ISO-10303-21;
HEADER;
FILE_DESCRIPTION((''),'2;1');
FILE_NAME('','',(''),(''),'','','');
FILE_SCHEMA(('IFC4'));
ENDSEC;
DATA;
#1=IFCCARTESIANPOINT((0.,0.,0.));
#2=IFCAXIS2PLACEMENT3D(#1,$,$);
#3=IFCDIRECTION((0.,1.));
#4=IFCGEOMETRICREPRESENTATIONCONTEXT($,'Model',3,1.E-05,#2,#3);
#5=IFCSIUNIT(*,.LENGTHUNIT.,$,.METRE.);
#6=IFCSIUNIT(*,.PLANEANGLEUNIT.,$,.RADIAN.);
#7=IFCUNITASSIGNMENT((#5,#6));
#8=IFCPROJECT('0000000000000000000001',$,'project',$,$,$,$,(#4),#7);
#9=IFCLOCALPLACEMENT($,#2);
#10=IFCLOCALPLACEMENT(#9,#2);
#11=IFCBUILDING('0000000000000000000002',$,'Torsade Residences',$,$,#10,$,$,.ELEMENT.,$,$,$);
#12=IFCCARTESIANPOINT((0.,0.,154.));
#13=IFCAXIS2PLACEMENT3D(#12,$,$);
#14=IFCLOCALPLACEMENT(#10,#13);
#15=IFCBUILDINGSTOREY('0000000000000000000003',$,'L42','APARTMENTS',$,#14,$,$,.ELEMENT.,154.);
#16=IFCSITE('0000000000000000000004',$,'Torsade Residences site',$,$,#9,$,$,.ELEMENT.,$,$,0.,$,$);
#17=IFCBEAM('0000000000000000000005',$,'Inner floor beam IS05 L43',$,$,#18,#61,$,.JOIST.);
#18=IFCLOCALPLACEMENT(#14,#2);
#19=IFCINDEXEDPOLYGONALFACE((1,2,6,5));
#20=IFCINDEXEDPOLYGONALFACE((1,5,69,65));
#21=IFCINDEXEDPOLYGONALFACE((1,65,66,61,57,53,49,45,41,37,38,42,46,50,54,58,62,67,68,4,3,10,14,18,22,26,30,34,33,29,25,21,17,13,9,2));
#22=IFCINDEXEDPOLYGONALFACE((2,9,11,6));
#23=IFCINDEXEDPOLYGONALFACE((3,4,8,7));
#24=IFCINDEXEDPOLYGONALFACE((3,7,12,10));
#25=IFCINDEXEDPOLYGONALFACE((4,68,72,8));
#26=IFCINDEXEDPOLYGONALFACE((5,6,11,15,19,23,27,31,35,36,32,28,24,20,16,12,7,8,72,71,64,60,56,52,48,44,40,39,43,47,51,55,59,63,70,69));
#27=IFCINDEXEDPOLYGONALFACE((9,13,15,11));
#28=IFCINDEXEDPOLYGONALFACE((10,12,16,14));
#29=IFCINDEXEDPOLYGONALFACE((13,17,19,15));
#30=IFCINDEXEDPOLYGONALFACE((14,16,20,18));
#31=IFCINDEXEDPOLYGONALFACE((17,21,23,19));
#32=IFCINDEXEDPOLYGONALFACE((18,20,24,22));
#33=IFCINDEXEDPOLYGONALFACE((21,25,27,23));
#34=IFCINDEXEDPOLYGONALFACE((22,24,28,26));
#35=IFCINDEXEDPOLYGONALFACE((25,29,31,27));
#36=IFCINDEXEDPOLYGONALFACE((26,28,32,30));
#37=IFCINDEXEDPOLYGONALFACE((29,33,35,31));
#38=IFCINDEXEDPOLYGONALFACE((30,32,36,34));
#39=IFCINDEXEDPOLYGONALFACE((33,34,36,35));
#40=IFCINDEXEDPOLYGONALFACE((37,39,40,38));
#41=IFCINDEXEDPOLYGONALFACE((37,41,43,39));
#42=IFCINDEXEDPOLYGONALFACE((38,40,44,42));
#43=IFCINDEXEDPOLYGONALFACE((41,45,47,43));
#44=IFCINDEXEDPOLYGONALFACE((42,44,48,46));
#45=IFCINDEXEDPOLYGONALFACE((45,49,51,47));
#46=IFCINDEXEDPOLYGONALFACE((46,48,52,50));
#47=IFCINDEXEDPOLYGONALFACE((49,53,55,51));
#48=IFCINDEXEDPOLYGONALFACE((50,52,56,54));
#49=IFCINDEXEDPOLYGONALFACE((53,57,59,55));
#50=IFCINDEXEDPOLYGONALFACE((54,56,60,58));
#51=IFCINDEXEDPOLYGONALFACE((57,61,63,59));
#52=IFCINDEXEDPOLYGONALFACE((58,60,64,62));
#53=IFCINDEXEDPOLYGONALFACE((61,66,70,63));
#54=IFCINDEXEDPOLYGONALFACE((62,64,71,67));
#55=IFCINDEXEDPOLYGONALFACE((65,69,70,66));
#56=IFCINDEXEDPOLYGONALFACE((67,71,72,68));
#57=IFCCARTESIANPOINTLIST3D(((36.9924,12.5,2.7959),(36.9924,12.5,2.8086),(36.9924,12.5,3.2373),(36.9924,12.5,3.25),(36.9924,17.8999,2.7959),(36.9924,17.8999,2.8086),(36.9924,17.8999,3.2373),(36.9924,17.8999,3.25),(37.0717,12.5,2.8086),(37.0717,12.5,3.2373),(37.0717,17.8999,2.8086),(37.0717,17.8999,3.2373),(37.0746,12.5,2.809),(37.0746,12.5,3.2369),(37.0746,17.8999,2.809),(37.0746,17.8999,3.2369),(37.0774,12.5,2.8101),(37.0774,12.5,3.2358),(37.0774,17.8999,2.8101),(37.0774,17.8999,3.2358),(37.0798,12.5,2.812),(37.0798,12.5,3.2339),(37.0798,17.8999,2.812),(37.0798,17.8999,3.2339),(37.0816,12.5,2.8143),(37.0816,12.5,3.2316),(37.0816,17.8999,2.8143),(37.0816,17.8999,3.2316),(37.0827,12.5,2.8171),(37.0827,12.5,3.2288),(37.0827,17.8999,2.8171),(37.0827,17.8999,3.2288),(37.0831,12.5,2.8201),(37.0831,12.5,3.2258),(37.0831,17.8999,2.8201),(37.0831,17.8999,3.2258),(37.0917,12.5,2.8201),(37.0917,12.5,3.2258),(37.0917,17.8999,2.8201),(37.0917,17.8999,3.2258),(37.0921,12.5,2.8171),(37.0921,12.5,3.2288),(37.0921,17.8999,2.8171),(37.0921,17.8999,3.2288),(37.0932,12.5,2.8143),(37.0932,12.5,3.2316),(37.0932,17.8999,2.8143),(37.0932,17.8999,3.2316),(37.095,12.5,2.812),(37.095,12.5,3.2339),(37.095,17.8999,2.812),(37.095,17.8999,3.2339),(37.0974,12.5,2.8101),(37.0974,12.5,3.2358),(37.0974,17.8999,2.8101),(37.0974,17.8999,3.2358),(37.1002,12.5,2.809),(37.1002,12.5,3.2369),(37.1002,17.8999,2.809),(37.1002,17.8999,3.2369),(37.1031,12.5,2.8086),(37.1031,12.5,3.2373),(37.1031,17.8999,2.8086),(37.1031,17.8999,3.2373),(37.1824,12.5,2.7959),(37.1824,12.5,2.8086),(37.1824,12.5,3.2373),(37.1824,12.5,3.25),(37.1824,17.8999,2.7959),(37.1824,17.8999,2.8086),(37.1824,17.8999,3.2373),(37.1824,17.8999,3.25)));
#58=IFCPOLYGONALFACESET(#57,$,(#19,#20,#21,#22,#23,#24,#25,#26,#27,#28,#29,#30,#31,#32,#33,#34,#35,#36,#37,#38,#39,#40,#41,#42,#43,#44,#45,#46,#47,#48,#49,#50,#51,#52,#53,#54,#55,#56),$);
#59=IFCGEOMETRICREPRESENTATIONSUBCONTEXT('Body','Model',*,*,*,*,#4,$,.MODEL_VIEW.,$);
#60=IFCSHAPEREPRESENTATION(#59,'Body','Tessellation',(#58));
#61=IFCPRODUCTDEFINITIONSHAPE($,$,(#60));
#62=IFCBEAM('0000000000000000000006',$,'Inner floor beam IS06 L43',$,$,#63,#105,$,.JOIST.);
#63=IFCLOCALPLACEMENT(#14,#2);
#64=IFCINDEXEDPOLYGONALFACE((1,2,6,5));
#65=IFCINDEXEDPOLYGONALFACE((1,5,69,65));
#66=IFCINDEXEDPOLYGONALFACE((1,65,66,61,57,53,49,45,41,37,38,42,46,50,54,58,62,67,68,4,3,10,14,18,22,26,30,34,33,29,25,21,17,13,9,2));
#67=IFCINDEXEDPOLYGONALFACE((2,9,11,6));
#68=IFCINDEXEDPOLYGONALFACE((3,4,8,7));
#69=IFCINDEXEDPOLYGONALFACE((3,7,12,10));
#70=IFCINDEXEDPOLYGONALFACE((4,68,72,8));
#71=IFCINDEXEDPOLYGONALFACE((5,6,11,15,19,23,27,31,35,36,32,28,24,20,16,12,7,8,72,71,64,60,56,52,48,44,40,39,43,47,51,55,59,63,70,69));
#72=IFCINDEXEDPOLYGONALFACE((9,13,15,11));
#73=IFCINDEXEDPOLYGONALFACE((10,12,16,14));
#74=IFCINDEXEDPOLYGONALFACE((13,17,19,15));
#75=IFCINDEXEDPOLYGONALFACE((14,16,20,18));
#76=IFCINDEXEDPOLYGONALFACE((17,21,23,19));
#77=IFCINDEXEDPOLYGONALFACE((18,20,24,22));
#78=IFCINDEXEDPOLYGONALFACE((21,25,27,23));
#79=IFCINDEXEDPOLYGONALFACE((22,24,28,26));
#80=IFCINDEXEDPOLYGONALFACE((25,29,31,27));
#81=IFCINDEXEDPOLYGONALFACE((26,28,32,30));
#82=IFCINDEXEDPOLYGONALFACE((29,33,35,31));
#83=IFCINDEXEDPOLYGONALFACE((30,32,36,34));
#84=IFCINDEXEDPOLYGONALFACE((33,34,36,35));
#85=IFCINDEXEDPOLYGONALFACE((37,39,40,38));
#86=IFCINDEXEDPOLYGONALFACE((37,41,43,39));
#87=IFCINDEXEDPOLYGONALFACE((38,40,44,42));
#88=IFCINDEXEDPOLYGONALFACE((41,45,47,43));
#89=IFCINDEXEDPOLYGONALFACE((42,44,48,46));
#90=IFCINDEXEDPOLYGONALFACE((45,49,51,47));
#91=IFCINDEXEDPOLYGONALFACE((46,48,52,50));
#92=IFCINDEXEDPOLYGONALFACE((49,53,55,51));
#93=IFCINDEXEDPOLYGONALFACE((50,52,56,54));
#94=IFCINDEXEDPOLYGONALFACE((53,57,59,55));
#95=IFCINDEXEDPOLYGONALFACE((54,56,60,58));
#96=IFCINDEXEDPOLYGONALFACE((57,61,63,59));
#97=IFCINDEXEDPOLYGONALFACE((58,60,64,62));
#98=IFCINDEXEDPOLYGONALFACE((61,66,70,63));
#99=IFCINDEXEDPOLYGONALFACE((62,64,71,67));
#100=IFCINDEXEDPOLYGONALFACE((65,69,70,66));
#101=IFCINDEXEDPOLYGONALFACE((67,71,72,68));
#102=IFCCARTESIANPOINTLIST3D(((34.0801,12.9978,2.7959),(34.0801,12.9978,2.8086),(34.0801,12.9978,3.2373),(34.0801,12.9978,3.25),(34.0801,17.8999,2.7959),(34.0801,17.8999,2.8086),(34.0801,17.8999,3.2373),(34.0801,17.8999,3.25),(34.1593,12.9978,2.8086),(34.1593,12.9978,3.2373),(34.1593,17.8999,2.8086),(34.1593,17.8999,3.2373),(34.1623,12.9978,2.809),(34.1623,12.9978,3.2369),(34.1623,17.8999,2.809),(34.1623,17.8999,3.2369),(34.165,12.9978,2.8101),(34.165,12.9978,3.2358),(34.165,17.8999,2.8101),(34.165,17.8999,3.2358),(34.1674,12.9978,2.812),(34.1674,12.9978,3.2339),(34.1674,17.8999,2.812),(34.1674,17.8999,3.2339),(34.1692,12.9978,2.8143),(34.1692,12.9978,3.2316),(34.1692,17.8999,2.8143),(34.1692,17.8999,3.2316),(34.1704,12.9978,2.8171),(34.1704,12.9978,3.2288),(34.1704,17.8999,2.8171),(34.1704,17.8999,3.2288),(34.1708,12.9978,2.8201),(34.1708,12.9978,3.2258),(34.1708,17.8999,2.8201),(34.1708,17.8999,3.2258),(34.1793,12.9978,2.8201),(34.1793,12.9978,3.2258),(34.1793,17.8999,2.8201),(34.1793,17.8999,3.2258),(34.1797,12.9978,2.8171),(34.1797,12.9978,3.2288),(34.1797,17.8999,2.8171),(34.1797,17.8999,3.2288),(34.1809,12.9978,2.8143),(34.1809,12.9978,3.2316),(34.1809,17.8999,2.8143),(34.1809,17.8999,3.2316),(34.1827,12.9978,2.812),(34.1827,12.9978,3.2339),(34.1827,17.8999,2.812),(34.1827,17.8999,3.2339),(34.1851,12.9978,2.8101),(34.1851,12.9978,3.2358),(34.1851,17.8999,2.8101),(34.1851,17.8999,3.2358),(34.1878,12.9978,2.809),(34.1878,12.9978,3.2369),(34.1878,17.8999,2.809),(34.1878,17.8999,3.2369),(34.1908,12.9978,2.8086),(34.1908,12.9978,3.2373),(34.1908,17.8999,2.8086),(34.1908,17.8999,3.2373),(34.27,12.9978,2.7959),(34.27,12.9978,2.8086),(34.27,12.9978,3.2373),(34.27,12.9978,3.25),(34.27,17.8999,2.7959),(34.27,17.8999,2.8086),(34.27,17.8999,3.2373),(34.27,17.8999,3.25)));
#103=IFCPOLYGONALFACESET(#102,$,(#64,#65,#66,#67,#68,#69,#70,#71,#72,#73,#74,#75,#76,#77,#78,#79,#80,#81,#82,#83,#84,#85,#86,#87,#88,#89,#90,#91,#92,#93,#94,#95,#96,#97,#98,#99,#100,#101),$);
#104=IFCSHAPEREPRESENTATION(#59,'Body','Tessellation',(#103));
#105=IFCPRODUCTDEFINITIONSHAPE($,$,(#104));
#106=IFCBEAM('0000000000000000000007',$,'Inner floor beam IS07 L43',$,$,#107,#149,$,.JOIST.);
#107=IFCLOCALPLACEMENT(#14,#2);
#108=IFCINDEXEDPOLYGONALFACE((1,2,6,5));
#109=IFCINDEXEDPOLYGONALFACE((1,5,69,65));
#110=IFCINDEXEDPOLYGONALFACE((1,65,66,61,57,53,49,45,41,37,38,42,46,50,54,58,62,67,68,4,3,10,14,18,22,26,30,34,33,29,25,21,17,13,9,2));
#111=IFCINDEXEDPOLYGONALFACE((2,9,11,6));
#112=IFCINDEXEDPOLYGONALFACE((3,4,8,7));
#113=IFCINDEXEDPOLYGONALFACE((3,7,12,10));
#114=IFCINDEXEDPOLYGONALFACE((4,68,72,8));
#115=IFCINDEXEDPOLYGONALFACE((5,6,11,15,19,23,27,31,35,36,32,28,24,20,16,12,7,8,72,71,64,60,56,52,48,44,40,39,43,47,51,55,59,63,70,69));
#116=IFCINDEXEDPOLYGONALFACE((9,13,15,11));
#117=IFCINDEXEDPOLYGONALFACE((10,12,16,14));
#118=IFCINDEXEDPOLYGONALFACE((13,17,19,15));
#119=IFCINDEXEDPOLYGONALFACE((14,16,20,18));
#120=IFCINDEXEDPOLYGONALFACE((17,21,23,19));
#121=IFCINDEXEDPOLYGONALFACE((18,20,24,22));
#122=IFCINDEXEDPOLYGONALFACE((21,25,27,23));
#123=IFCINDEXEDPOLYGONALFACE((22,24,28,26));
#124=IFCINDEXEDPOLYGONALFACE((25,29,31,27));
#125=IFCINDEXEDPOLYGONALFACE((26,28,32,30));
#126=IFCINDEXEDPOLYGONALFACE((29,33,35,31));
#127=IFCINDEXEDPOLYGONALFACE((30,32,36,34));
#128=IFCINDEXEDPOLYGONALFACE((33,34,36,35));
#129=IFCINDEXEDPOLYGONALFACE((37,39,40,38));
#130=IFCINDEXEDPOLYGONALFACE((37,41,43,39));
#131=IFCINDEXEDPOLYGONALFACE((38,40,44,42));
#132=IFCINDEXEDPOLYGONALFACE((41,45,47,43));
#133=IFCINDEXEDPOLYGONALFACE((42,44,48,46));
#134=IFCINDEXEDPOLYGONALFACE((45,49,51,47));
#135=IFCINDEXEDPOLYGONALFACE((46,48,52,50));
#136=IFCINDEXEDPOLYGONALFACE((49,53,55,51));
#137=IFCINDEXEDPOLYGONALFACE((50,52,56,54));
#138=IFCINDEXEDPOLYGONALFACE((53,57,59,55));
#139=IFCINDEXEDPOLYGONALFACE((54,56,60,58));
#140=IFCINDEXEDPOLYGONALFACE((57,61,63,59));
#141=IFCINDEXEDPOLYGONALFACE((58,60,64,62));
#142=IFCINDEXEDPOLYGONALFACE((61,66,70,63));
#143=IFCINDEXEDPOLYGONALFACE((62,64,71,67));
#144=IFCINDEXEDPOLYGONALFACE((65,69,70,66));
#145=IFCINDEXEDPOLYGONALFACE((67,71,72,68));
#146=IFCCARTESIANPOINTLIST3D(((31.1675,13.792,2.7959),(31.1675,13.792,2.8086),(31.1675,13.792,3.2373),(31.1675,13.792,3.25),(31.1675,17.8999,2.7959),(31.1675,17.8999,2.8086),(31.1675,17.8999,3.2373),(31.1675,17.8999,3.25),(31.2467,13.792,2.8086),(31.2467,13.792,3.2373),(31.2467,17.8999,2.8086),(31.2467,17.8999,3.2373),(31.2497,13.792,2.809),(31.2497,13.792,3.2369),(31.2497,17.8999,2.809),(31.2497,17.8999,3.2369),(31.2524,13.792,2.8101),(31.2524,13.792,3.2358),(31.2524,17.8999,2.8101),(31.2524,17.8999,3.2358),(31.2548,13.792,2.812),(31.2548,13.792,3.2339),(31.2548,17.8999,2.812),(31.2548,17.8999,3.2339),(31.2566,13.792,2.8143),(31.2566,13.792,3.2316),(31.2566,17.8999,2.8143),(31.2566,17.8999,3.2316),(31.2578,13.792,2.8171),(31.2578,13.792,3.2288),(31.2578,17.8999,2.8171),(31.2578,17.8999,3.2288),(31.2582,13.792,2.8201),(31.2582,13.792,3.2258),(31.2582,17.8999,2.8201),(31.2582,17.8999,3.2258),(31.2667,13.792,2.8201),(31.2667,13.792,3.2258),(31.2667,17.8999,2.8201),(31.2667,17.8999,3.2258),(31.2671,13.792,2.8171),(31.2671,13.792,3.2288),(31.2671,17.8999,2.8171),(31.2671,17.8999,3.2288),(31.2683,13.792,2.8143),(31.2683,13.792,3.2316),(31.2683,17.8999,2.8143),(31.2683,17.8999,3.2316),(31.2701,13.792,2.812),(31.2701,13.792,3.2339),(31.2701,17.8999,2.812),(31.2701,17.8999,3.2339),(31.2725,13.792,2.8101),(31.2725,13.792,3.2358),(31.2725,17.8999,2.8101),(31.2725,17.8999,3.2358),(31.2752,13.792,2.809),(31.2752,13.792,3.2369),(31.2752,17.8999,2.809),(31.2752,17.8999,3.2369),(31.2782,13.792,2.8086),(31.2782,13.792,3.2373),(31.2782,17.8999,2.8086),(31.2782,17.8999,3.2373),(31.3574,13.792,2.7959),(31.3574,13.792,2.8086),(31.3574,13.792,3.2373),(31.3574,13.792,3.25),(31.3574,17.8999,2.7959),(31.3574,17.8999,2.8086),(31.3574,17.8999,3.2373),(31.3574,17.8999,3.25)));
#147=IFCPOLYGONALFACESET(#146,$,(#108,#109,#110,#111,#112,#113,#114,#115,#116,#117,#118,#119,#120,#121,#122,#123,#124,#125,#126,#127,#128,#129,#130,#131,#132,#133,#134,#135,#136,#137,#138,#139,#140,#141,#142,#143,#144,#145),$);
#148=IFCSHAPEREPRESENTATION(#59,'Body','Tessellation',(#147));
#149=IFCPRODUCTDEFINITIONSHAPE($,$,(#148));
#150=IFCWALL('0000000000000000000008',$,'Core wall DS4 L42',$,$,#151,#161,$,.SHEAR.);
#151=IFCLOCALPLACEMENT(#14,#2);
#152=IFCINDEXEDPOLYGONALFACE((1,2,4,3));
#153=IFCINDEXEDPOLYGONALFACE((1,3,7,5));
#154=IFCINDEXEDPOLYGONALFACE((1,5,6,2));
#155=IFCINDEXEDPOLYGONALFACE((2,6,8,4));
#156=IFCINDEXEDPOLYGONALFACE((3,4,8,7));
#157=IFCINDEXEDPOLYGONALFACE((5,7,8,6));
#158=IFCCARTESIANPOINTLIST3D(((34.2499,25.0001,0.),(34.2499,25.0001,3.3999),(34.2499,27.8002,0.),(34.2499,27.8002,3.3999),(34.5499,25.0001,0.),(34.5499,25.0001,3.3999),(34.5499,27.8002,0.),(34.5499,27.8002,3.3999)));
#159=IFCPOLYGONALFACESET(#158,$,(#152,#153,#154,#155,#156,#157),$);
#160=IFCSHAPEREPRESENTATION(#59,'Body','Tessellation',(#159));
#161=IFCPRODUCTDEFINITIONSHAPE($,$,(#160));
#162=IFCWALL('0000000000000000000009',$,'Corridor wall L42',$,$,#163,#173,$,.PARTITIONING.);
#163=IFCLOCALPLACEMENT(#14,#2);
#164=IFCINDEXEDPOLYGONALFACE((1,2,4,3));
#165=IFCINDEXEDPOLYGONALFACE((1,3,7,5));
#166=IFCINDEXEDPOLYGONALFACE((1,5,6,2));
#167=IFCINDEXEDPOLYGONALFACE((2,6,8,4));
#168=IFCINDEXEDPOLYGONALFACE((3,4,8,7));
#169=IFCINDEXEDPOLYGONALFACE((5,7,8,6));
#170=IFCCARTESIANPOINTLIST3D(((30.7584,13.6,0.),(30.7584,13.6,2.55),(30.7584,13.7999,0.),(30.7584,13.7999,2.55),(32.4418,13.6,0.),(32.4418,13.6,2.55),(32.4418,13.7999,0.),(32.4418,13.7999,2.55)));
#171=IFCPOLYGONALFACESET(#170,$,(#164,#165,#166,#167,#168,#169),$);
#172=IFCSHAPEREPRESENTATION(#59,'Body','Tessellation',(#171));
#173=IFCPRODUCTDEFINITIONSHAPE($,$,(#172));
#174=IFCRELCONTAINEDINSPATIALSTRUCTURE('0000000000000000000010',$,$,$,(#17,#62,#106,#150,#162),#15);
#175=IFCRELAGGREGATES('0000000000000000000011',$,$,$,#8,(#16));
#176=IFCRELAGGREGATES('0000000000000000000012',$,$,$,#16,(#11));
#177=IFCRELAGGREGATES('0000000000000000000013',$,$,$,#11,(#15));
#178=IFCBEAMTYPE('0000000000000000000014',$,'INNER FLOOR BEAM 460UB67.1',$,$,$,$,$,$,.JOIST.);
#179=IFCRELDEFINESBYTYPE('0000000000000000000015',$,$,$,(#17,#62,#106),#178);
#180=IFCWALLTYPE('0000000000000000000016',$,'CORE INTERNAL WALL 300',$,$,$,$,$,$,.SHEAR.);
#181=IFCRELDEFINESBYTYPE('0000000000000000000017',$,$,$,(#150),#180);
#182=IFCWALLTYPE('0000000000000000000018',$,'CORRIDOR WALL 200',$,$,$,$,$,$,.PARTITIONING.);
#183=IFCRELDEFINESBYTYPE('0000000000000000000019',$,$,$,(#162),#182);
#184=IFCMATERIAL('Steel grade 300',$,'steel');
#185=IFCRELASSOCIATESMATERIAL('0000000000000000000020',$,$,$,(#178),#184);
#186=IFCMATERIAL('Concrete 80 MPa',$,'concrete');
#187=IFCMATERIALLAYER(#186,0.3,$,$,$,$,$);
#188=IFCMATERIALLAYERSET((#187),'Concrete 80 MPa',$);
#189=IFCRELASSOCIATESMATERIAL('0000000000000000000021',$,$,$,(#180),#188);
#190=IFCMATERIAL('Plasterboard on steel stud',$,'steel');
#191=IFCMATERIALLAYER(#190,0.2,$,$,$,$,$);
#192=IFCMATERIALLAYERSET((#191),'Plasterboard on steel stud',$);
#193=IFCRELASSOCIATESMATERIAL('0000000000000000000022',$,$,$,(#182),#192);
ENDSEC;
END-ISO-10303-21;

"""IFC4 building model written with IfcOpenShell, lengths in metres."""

from ifc_helpers import new_model, si_unit, direction, frame, frame_2d, origin, origin_2d, place, context, subcontext, project, spatial, rectangle, i_section, extrude, material, layer, layer_set, material_profile, profile_set, type_object, element, save


model = new_model("IFC4")

# Units and contexts
model_context = context("Model", 3, precision=1e-05, world=origin(), true_north=direction((0.0, 1.0)))
body_context = subcontext(model_context, "Body", "Model", "MODEL_VIEW")
ifc_project = project(units=[si_unit("LENGTHUNIT", "METRE"), si_unit("PLANEANGLEUNIT", "RADIAN")], contexts=[model_context])

# Site, building, storey
site_placement = place(None, origin())
site = spatial("IfcSite", under=ifc_project, at=site_placement, Name="Torsade Residences site", CompositionType="ELEMENT", RefElevation=0.0)
building_placement = place(site_placement, origin())
building = spatial("IfcBuilding", under=site, at=building_placement, Name="Torsade Residences", CompositionType="ELEMENT")
storey_placement = place(building_placement, frame((0.0, 0.0, 154.0)))
storey = spatial("IfcBuildingStorey", under=building, at=storey_placement, Name="L42", Description="APARTMENTS", CompositionType="ELEMENT", Elevation=154.0)

# Beams
ifc_material_1 = material(Name="Steel grade 300", Category="steel")
ifc_material_profile = material_profile(ifc_material_1, i_section(OverallWidth=0.1899, OverallDepth=0.4541, WebThickness=0.0085, FlangeThickness=0.0127, FilletRadius=0.0115, at=origin_2d()), Name="460UB67.1")
ifc_profile_set = profile_set([ifc_material_profile], Name="Steel grade 300")
beam_type = type_object("IfcBeamType", Name="INNER FLOOR BEAM 460UB67.1", PredefinedType="JOIST", material=ifc_profile_set)
beam_1_placement = place(storey_placement, frame((37.0874, 17.8999, 3.0229), z_axis=(0.0, -1.0, 0.0), x_axis=(1.0, 0.0, 0.0)))
element("IfcBeam", 1, at=beam_1_placement, inside=storey, type_object=beam_type, Name="Inner floor beam IS05 L43", PredefinedType="JOIST", context=body_context, shape_type="SweptSolid", body=[
    extrude(i_section(OverallWidth=0.1899, OverallDepth=0.4541, WebThickness=0.0085, FlangeThickness=0.0127, FilletRadius=0.0115, at=origin_2d()), origin(), (0.0, 0.0, 1.0), 5.3999),
])
beam_2_placement = place(storey_placement, frame((34.175, 17.8999, 3.0229), z_axis=(0.0, -1.0, 0.0), x_axis=(1.0, 0.0, 0.0)))
element("IfcBeam", 2, at=beam_2_placement, inside=storey, type_object=beam_type, Name="Inner floor beam IS06 L43", PredefinedType="JOIST", context=body_context, shape_type="SweptSolid", body=[
    extrude(i_section(OverallWidth=0.1899, OverallDepth=0.4541, WebThickness=0.0085, FlangeThickness=0.0127, FilletRadius=0.0115, at=origin_2d()), origin(), (0.0, 0.0, 1.0), 4.9021),
])
beam_3_placement = place(storey_placement, frame((31.2625, 17.8999, 3.0229), z_axis=(0.0, -1.0, 0.0), x_axis=(1.0, 0.0, 0.0)))
element("IfcBeam", 3, at=beam_3_placement, inside=storey, type_object=beam_type, Name="Inner floor beam IS07 L43", PredefinedType="JOIST", context=body_context, shape_type="SweptSolid", body=[
    extrude(i_section(OverallWidth=0.1899, OverallDepth=0.4541, WebThickness=0.0085, FlangeThickness=0.0127, FilletRadius=0.0115, at=origin_2d()), origin(), (0.0, 0.0, 1.0), 4.1079),
])

# Walls
ifc_material_2 = material(Name="Concrete 80 MPa", Category="concrete")
ifc_layer_1 = layer(ifc_material_2, 0.3)
ifc_layer_set_1 = layer_set([ifc_layer_1], Name="Concrete 80 MPa")
wall_type_1 = type_object("IfcWallType", Name="CORE INTERNAL WALL 300", PredefinedType="SHEAR", material=ifc_layer_set_1)
wall_1_placement = place(storey_placement, frame((34.3999, 27.8, 0.0), z_axis=(0.0, 0.0, 1.0), x_axis=(0.0, -1.0, 0.0)))
element("IfcWall", 4, at=wall_1_placement, inside=storey, type_object=wall_type_1, Name="Core wall DS4 L42", PredefinedType="SHEAR", context=body_context, shape_type="SweptSolid", body=[
    extrude(rectangle(XDim=2.8, YDim=0.3, at=frame_2d((1.3999, 0.0))), origin(), (0.0, 0.0, 1.0), 3.3999),
])
ifc_material_3 = material(Name="Plasterboard on steel stud", Category="steel")
ifc_layer_2 = layer(ifc_material_3, 0.2)
ifc_layer_set_2 = layer_set([ifc_layer_2], Name="Plasterboard on steel stud")
wall_type_2 = type_object("IfcWallType", Name="CORRIDOR WALL 200", PredefinedType="PARTITIONING", material=ifc_layer_set_2)
wall_2_placement = place(storey_placement, frame((30.7583, 13.7, 0.0), z_axis=(0.0, 0.0, 1.0), x_axis=(1.0, 0.0, 0.0)))
element("IfcWall", 5, at=wall_2_placement, inside=storey, type_object=wall_type_2, Name="Corridor wall L42", PredefinedType="PARTITIONING", context=body_context, shape_type="SweptSolid", body=[
    extrude(rectangle(XDim=1.6833, YDim=0.2, at=frame_2d((0.8418, 0.0))), origin(), (0.0, 0.0, 1.0), 2.55),
])

save(model, "model.ifc")
